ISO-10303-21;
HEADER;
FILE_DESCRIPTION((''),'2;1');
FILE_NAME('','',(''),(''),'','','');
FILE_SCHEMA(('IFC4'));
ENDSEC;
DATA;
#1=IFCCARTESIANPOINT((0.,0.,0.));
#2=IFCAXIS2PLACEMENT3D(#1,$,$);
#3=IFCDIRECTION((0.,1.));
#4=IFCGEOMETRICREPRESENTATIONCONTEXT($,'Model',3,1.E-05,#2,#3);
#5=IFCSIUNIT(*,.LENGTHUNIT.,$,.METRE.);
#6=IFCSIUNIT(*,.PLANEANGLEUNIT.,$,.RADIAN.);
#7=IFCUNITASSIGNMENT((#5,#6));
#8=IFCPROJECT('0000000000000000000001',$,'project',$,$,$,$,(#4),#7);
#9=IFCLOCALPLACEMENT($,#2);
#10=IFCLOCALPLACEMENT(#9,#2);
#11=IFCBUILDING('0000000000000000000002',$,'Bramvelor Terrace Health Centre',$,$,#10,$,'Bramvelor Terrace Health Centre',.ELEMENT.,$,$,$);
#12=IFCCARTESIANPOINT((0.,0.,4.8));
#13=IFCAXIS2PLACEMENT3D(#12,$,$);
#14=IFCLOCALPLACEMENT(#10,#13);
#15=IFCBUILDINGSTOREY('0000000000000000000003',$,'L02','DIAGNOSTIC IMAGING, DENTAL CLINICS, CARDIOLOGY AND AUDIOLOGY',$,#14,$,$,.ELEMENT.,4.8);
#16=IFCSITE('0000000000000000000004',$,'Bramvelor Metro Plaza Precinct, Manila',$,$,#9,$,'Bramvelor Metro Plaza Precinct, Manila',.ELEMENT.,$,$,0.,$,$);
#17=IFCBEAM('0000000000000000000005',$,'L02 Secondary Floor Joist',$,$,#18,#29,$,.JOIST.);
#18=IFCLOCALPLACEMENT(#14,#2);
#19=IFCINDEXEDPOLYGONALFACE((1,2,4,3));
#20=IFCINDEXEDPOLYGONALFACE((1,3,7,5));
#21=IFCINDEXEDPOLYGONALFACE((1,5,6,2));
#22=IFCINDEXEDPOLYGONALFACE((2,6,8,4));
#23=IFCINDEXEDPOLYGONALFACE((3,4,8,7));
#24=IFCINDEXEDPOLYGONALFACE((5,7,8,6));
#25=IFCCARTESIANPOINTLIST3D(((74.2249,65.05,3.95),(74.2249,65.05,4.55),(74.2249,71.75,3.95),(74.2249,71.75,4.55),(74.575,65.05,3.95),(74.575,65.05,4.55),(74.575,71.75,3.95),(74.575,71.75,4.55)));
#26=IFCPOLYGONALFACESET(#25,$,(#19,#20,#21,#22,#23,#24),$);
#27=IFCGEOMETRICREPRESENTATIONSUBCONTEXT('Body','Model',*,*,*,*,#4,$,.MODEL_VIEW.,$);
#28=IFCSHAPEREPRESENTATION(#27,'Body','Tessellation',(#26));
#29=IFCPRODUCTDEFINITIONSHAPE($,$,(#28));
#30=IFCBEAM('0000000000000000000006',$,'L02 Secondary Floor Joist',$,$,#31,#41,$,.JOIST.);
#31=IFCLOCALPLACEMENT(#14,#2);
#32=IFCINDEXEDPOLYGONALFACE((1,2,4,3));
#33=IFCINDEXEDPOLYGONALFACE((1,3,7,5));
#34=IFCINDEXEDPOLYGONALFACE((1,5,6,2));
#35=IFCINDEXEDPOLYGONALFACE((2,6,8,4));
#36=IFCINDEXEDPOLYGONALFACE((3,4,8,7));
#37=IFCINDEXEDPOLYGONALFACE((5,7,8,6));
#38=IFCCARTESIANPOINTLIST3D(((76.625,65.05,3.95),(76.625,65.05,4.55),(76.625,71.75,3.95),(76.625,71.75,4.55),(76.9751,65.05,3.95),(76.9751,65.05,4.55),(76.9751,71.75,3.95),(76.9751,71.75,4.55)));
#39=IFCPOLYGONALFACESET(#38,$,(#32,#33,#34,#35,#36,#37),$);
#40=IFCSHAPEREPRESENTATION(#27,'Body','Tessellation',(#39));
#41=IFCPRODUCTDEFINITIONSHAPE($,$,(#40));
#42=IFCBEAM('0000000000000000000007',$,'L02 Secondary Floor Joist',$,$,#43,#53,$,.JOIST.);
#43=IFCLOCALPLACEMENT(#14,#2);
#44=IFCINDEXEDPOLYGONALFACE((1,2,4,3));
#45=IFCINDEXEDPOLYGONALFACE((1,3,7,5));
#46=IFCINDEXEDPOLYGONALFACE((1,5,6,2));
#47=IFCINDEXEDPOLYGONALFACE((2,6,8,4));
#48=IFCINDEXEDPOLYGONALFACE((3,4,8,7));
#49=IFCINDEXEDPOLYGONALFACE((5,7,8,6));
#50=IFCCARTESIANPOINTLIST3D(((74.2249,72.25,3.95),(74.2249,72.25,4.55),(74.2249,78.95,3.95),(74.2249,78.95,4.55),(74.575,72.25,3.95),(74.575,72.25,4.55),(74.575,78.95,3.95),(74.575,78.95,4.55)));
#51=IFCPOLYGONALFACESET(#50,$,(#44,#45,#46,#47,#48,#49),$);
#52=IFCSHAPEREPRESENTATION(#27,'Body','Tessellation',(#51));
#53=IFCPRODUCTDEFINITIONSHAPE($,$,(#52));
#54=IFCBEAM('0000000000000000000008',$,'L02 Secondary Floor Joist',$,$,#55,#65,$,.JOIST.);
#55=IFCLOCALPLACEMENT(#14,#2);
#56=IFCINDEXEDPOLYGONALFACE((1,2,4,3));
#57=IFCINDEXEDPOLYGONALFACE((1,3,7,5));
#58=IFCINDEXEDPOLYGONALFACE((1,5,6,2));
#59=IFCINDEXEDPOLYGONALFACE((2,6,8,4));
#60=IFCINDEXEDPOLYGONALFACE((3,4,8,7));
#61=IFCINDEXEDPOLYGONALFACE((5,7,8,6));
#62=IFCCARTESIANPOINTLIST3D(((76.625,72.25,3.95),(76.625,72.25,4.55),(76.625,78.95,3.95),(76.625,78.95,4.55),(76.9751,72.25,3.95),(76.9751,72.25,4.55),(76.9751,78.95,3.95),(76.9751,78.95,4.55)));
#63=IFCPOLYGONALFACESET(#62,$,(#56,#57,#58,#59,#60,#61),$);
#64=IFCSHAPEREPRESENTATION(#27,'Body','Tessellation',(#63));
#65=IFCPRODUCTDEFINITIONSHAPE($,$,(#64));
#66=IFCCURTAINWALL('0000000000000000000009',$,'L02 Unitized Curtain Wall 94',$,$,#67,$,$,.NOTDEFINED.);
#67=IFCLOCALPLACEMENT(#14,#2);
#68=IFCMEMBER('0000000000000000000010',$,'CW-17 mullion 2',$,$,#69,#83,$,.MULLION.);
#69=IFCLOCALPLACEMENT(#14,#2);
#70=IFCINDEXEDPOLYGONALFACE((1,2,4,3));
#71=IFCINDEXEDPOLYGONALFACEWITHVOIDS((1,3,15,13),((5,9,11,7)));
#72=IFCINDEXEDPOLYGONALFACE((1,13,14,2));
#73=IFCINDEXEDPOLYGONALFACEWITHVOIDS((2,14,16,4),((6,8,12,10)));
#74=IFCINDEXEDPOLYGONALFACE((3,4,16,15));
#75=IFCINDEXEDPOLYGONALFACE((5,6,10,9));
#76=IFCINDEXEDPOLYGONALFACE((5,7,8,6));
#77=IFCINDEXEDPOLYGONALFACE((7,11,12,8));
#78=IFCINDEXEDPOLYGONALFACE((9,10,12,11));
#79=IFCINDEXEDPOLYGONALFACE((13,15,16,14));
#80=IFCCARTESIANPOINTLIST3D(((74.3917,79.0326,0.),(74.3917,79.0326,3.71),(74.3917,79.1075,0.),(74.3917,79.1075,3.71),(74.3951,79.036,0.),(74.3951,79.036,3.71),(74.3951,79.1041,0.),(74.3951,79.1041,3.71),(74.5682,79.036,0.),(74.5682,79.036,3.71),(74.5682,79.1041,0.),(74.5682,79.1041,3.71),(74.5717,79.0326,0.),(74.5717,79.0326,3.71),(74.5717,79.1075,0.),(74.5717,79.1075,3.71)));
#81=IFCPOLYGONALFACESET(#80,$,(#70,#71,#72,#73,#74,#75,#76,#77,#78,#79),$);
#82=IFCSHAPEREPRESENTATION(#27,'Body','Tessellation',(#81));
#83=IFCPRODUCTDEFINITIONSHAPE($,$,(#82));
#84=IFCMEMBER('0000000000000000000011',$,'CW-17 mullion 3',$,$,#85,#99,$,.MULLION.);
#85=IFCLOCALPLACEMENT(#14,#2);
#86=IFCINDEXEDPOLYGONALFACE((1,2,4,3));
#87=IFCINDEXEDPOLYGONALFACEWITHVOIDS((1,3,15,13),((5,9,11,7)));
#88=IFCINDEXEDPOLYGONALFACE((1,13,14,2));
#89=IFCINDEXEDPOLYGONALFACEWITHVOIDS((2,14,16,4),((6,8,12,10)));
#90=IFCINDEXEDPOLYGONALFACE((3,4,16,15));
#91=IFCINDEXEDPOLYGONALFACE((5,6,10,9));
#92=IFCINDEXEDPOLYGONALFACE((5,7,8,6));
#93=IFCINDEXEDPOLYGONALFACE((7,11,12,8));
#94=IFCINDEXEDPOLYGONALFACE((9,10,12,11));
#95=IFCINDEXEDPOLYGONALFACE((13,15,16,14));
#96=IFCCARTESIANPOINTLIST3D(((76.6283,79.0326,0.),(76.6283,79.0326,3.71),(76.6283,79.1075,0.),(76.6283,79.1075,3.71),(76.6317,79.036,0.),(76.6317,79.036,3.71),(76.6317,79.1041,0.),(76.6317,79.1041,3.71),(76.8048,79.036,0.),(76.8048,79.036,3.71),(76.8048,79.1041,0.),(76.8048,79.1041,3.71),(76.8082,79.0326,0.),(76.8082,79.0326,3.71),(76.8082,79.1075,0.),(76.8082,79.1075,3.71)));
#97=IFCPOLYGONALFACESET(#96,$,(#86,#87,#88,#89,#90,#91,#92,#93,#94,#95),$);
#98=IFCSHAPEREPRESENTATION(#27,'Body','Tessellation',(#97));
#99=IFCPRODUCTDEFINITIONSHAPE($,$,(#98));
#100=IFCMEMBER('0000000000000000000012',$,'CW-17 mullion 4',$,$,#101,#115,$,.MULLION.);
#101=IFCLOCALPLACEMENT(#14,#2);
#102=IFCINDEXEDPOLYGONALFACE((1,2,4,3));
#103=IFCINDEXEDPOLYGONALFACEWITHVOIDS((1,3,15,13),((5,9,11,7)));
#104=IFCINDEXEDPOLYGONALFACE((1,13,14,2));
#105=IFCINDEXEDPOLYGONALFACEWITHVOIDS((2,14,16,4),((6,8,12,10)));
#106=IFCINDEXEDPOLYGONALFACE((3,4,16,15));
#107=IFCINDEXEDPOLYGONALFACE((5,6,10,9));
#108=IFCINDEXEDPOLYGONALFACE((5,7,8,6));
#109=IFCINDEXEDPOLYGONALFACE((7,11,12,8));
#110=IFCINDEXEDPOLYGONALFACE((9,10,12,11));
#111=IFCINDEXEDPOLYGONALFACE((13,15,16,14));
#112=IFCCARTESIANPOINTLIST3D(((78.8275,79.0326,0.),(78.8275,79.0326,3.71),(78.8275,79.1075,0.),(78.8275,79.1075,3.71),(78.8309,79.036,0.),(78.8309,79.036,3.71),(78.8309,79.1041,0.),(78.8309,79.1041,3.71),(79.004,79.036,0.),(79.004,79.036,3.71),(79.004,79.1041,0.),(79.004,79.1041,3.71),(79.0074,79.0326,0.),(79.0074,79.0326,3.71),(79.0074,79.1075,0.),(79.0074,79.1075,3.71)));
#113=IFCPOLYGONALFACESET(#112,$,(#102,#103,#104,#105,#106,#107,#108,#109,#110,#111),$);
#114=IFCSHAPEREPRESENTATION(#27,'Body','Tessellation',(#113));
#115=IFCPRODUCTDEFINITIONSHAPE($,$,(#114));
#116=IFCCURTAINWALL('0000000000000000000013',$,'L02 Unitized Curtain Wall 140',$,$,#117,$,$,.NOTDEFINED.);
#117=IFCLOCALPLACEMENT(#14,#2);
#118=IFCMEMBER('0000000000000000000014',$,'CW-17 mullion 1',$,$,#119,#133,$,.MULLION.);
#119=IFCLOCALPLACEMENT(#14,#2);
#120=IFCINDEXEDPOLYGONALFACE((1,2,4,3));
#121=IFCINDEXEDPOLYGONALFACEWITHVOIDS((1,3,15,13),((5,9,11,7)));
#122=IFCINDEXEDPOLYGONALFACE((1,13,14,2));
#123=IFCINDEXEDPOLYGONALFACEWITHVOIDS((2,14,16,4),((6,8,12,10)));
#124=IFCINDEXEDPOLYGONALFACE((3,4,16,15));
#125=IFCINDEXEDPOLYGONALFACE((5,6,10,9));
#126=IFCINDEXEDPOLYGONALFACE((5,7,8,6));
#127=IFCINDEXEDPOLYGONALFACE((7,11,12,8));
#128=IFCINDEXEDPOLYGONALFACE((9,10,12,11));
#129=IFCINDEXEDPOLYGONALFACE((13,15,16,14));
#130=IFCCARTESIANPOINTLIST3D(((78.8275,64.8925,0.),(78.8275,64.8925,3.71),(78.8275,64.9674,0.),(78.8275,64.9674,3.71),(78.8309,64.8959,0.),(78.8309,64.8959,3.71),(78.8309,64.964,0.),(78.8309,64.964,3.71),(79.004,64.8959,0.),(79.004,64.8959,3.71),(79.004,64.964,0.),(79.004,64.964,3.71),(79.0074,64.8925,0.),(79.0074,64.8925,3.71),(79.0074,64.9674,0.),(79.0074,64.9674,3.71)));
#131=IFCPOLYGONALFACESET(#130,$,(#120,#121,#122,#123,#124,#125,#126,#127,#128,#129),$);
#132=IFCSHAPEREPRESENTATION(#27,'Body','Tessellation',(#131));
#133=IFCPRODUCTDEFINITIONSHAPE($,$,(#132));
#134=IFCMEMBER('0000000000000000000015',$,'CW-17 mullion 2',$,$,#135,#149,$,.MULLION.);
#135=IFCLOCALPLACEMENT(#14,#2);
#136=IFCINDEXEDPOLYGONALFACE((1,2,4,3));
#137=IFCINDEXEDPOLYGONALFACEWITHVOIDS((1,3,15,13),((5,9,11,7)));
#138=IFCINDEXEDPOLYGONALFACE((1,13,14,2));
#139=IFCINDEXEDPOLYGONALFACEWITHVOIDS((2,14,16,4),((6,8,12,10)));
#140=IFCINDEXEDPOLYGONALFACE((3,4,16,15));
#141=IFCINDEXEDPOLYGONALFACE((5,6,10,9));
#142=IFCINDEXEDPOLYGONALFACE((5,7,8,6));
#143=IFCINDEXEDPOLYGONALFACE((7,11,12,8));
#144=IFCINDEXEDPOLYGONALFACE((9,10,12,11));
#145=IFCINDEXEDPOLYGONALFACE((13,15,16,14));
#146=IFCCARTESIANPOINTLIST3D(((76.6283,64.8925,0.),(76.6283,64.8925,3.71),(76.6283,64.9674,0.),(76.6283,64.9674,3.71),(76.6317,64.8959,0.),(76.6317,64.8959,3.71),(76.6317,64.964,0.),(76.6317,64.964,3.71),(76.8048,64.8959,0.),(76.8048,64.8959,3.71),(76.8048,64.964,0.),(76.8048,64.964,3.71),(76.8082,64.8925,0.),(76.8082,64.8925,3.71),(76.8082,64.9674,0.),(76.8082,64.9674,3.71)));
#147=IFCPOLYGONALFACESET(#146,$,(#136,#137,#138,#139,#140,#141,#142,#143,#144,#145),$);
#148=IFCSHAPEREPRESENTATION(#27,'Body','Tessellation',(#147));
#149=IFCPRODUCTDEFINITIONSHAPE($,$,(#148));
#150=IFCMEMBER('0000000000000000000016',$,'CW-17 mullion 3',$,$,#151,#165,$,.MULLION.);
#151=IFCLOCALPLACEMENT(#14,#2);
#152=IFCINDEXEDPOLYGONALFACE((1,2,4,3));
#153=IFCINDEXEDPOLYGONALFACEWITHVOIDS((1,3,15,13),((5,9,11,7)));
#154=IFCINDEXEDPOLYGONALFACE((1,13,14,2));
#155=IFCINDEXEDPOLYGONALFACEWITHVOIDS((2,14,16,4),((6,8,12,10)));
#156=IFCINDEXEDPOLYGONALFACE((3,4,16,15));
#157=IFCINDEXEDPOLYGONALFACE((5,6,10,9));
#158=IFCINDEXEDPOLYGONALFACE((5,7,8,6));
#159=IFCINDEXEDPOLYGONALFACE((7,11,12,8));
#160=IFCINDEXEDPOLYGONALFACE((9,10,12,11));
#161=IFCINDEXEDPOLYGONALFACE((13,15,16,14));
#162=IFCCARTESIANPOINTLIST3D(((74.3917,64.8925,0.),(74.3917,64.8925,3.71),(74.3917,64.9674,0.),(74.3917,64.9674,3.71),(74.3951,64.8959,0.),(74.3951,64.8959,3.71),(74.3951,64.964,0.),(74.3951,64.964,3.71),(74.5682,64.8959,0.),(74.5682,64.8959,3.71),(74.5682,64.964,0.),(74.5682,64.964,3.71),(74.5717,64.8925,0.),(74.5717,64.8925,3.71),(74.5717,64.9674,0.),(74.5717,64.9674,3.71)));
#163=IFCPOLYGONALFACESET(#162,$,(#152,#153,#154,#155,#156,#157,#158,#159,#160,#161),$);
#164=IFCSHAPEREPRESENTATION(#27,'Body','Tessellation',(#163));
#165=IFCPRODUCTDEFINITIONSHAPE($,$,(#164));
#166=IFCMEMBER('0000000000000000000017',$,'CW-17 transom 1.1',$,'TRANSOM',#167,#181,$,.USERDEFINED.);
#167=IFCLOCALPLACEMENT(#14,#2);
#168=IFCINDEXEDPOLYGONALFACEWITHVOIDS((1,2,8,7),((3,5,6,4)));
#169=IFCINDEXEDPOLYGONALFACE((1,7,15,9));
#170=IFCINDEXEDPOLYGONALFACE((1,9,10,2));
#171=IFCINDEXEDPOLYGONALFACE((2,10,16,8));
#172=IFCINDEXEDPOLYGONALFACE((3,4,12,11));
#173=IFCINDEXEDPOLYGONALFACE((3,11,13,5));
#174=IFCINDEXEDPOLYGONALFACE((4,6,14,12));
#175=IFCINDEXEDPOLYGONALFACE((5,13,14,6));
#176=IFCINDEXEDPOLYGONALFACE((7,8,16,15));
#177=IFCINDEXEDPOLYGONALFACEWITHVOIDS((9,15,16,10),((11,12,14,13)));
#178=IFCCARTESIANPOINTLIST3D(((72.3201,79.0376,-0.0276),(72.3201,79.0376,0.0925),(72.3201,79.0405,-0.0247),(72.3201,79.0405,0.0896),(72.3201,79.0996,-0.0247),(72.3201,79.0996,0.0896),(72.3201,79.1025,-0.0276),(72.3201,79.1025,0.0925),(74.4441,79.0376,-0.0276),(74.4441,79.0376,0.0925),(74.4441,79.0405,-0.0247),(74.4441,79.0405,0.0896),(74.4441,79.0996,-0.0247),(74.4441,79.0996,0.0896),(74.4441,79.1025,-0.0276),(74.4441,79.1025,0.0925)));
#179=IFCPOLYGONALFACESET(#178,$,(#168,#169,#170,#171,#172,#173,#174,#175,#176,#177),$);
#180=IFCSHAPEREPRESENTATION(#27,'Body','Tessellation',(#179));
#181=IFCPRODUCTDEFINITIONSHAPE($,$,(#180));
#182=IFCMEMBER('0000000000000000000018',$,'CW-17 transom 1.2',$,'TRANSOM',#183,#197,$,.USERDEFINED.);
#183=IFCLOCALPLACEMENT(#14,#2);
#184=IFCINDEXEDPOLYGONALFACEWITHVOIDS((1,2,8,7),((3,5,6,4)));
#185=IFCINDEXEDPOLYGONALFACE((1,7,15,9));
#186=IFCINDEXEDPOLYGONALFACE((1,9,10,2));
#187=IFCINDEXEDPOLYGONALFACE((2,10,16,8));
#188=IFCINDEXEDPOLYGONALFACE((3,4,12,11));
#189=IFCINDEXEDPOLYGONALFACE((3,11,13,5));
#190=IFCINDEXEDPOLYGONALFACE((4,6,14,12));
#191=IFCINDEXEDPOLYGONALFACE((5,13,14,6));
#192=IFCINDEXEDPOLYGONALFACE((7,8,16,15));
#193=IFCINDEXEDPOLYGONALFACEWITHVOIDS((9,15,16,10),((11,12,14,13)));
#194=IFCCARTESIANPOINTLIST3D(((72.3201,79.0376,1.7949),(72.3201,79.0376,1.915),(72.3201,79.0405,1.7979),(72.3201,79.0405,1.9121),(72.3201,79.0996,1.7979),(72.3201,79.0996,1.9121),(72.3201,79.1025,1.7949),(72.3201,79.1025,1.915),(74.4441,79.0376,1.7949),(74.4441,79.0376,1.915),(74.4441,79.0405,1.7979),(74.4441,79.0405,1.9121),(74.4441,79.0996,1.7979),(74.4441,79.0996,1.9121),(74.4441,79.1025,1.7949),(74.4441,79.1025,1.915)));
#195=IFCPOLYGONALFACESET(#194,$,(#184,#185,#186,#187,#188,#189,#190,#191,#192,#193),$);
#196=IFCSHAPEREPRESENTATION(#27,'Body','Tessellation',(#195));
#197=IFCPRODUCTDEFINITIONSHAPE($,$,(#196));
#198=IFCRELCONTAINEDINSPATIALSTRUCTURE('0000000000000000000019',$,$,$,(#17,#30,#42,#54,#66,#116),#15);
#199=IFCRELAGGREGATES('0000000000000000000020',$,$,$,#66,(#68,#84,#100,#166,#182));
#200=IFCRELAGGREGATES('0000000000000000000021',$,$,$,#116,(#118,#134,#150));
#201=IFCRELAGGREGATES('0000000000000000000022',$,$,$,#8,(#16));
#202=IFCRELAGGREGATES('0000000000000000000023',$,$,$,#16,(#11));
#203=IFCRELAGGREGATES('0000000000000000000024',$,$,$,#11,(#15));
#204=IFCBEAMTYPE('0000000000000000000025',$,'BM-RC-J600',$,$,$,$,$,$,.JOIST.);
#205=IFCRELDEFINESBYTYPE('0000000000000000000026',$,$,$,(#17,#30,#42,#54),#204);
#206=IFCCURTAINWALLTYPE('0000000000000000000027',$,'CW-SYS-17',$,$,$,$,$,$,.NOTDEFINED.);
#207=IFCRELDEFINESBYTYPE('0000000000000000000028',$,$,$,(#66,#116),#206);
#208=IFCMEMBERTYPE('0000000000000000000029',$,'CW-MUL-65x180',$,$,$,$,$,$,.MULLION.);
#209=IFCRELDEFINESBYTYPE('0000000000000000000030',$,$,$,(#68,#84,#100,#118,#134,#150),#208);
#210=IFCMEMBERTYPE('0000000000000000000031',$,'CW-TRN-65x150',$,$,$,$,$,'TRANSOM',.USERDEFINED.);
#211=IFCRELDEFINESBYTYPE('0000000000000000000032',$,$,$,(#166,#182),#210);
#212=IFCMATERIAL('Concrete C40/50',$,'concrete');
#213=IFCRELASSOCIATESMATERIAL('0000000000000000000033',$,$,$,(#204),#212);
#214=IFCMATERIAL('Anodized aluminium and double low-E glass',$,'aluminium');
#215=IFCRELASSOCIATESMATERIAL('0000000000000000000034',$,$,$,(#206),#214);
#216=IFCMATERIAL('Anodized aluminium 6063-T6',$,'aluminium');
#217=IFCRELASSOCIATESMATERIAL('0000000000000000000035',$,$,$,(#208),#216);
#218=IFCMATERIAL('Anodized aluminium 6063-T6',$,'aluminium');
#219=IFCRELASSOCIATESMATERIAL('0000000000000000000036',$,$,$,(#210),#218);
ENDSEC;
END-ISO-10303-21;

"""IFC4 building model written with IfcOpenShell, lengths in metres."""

from ifc_helpers import new_model, si_unit, direction, frame, origin, origin_2d, place, context, subcontext, project, spatial, rectangle, hollow_rectangle, extrude, material, material_profile, profile_set, type_object, element, aggregate, save


model = new_model("IFC4")

# Units and contexts
model_context = context("Model", 3, precision=1e-05, world=origin(), true_north=direction((0.0, 1.0)))
body_context = subcontext(model_context, "Body", "Model", "MODEL_VIEW")
ifc_project = project(units=[si_unit("LENGTHUNIT", "METRE"), si_unit("PLANEANGLEUNIT", "RADIAN")], contexts=[model_context])

# Site, building, storey
site_placement = place(None, origin())
site = spatial("IfcSite", under=ifc_project, at=site_placement, Name="Bramvelor Metro Plaza Precinct, Manila", LongName="Bramvelor Metro Plaza Precinct, Manila", CompositionType="ELEMENT", RefElevation=0.0)
building_placement = place(site_placement, origin())
building = spatial("IfcBuilding", under=site, at=building_placement, Name="Bramvelor Terrace Health Centre", LongName="Bramvelor Terrace Health Centre", CompositionType="ELEMENT")
storey_placement = place(building_placement, frame((0.0, 0.0, 4.8)))
storey = spatial("IfcBuildingStorey", under=building, at=storey_placement, Name="L02", Description="DIAGNOSTIC IMAGING, DENTAL CLINICS, CARDIOLOGY AND AUDIOLOGY", CompositionType="ELEMENT", Elevation=4.8)

# Beams
ifc_material_1 = material(Name="Concrete C40/50", Category="concrete")
ifc_material_profile_1 = material_profile(ifc_material_1, rectangle(XDim=0.3501, YDim=0.6001, at=origin_2d()), Name="RC 350x600")
ifc_profile_set_1 = profile_set([ifc_material_profile_1], Name="Concrete C40/50")
beam_type = type_object("IfcBeamType", Name="BM-RC-J600", PredefinedType="JOIST", material=ifc_profile_set_1)
for number, where, z_axis, x_axis, name in (
    (1, (74.3999, 65.05, 4.25), (0.0, 1.0, 0.0), (-1.0, 0.0, 0.0), "L02 Secondary Floor Joist"),
    (2, (76.8, 65.05, 4.25), (0.0, 1.0, 0.0), (-1.0, 0.0, 0.0), "L02 Secondary Floor Joist"),
    (3, (74.3999, 72.25, 4.25), (0.0, 1.0, 0.0), (-1.0, 0.0, 0.0), "L02 Secondary Floor Joist"),
    (4, (76.8, 72.25, 4.25), (0.0, 1.0, 0.0), (-1.0, 0.0, 0.0), "L02 Secondary Floor Joist"),
):
    element("IfcBeam", number, at=place(storey_placement, frame(where, z_axis=z_axis, x_axis=x_axis)), inside=storey, type_object=beam_type, Name=name, PredefinedType="JOIST", context=body_context, shape_type="SweptSolid", body=[
        extrude(rectangle(XDim=0.3501, YDim=0.6001, at=origin_2d()), origin(), (0.0, 0.0, 1.0), 6.7),
    ])

# Curtain walls, members
ifc_material_2 = material(Name="Anodized aluminium and double low-E glass", Category="aluminium")
curtain_wall_type = type_object("IfcCurtainWallType", Name="CW-SYS-17", PredefinedType="NOTDEFINED", material=ifc_material_2)
curtain_wall_1_placement = place(storey_placement, origin())
curtain_wall_1 = element("IfcCurtainWall", 5, at=curtain_wall_1_placement, inside=storey, type_object=curtain_wall_type, Name="L02 Unitized Curtain Wall 94", PredefinedType="NOTDEFINED")
ifc_material_3 = material(Name="Anodized aluminium 6063-T6", Category="aluminium")
ifc_material_profile_2 = material_profile(ifc_material_3, hollow_rectangle(XDim=0.075, YDim=0.1799, WallThickness=0.0034, at=origin_2d()), Name="ALU-MUL 75x180x3.5")
ifc_profile_set_2 = profile_set([ifc_material_profile_2], Name="Anodized aluminium 6063-T6")
member_type_1 = type_object("IfcMemberType", Name="CW-MUL-65x180", PredefinedType="MULLION", material=ifc_profile_set_2)
member_1_placement = place(storey_placement, frame((74.4817, 79.0701, 0.0), z_axis=(0.0, 0.0, 1.0), x_axis=(0.0, 1.0, 0.0)))
member_1 = element("IfcMember", 6, at=member_1_placement, type_object=member_type_1, Name="CW-17 mullion 2", PredefinedType="MULLION", context=body_context, shape_type="SweptSolid", body=[
    extrude(hollow_rectangle(XDim=0.075, YDim=0.1799, WallThickness=0.0034, at=origin_2d()), origin(), (0.0, 0.0, 1.0), 3.71),
])
member_2_placement = place(storey_placement, frame((76.7183, 79.0701, 0.0), z_axis=(0.0, 0.0, 1.0), x_axis=(0.0, 1.0, 0.0)))
member_2 = element("IfcMember", 7, at=member_2_placement, type_object=member_type_1, Name="CW-17 mullion 3", PredefinedType="MULLION", context=body_context, shape_type="SweptSolid", body=[
    extrude(hollow_rectangle(XDim=0.075, YDim=0.1799, WallThickness=0.0034, at=origin_2d()), origin(), (0.0, 0.0, 1.0), 3.71),
])
member_3_placement = place(storey_placement, frame((78.9175, 79.0701, 0.0), z_axis=(0.0, 0.0, 1.0), x_axis=(0.0, 1.0, 0.0)))
member_3 = element("IfcMember", 8, at=member_3_placement, type_object=member_type_1, Name="CW-17 mullion 4", PredefinedType="MULLION", context=body_context, shape_type="SweptSolid", body=[
    extrude(hollow_rectangle(XDim=0.075, YDim=0.1799, WallThickness=0.0034, at=origin_2d()), origin(), (0.0, 0.0, 1.0), 3.71),
])
curtain_wall_2_placement = place(storey_placement, origin())
curtain_wall_2 = element("IfcCurtainWall", 9, at=curtain_wall_2_placement, inside=storey, type_object=curtain_wall_type, Name="L02 Unitized Curtain Wall 140", PredefinedType="NOTDEFINED")
member_4_placement = place(storey_placement, frame((78.9175, 64.9299, 0.0), z_axis=(0.0, 0.0, 1.0), x_axis=(0.0, -1.0, 0.0)))
member_4 = element("IfcMember", 10, at=member_4_placement, type_object=member_type_1, Name="CW-17 mullion 1", PredefinedType="MULLION", context=body_context, shape_type="SweptSolid", body=[
    extrude(hollow_rectangle(XDim=0.075, YDim=0.1799, WallThickness=0.0034, at=origin_2d()), origin(), (0.0, 0.0, 1.0), 3.71),
])
member_5_placement = place(storey_placement, frame((76.7183, 64.9299, 0.0), z_axis=(0.0, 0.0, 1.0), x_axis=(0.0, -1.0, 0.0)))
member_5 = element("IfcMember", 11, at=member_5_placement, type_object=member_type_1, Name="CW-17 mullion 2", PredefinedType="MULLION", context=body_context, shape_type="SweptSolid", body=[
    extrude(hollow_rectangle(XDim=0.075, YDim=0.1799, WallThickness=0.0034, at=origin_2d()), origin(), (0.0, 0.0, 1.0), 3.71),
])
member_6_placement = place(storey_placement, frame((74.4817, 64.9299, 0.0), z_axis=(0.0, 0.0, 1.0), x_axis=(0.0, -1.0, 0.0)))
member_6 = element("IfcMember", 12, at=member_6_placement, type_object=member_type_1, Name="CW-17 mullion 3", PredefinedType="MULLION", context=body_context, shape_type="SweptSolid", body=[
    extrude(hollow_rectangle(XDim=0.075, YDim=0.1799, WallThickness=0.0034, at=origin_2d()), origin(), (0.0, 0.0, 1.0), 3.71),
])

# Members
ifc_material_4 = material(Name="Anodized aluminium 6063-T6", Category="aluminium")
ifc_material_profile_3 = material_profile(ifc_material_4, hollow_rectangle(XDim=0.0649, YDim=0.1201, WallThickness=0.0029, at=origin_2d()), Name="ALU-TRN 65x120x3.0")
ifc_profile_set_3 = profile_set([ifc_material_profile_3], Name="Anodized aluminium 6063-T6")
member_type_2 = type_object("IfcMemberType", Name="CW-TRN-65x150", ElementType="TRANSOM", PredefinedType="USERDEFINED", material=ifc_profile_set_3)
member_7_placement = place(storey_placement, frame((72.3201, 79.0701, 0.0325), z_axis=(1.0, 0.0, 0.0), x_axis=(0.0, 1.0, 0.0)))
member_7 = element("IfcMember", 13, at=member_7_placement, type_object=member_type_2, Name="CW-17 transom 1.1", ObjectType="TRANSOM", PredefinedType="USERDEFINED", context=body_context, shape_type="SweptSolid", body=[
    extrude(hollow_rectangle(XDim=0.0649, YDim=0.1201, WallThickness=0.0029, at=origin_2d()), origin(), (0.0, 0.0, 1.0), 2.124),
])
member_8_placement = place(storey_placement, frame((72.3201, 79.0701, 1.855), z_axis=(1.0, 0.0, 0.0), x_axis=(0.0, 1.0, 0.0)))
member_8 = element("IfcMember", 14, at=member_8_placement, type_object=member_type_2, Name="CW-17 transom 1.2", ObjectType="TRANSOM", PredefinedType="USERDEFINED", context=body_context, shape_type="SweptSolid", body=[
    extrude(hollow_rectangle(XDim=0.0649, YDim=0.1201, WallThickness=0.0029, at=origin_2d()), origin(), (0.0, 0.0, 1.0), 2.124),
])

aggregate(curtain_wall_1, [member_1, member_2, member_3, member_7, member_8])
aggregate(curtain_wall_2, [member_4, member_5, member_6])

save(model, "model.ifc")
